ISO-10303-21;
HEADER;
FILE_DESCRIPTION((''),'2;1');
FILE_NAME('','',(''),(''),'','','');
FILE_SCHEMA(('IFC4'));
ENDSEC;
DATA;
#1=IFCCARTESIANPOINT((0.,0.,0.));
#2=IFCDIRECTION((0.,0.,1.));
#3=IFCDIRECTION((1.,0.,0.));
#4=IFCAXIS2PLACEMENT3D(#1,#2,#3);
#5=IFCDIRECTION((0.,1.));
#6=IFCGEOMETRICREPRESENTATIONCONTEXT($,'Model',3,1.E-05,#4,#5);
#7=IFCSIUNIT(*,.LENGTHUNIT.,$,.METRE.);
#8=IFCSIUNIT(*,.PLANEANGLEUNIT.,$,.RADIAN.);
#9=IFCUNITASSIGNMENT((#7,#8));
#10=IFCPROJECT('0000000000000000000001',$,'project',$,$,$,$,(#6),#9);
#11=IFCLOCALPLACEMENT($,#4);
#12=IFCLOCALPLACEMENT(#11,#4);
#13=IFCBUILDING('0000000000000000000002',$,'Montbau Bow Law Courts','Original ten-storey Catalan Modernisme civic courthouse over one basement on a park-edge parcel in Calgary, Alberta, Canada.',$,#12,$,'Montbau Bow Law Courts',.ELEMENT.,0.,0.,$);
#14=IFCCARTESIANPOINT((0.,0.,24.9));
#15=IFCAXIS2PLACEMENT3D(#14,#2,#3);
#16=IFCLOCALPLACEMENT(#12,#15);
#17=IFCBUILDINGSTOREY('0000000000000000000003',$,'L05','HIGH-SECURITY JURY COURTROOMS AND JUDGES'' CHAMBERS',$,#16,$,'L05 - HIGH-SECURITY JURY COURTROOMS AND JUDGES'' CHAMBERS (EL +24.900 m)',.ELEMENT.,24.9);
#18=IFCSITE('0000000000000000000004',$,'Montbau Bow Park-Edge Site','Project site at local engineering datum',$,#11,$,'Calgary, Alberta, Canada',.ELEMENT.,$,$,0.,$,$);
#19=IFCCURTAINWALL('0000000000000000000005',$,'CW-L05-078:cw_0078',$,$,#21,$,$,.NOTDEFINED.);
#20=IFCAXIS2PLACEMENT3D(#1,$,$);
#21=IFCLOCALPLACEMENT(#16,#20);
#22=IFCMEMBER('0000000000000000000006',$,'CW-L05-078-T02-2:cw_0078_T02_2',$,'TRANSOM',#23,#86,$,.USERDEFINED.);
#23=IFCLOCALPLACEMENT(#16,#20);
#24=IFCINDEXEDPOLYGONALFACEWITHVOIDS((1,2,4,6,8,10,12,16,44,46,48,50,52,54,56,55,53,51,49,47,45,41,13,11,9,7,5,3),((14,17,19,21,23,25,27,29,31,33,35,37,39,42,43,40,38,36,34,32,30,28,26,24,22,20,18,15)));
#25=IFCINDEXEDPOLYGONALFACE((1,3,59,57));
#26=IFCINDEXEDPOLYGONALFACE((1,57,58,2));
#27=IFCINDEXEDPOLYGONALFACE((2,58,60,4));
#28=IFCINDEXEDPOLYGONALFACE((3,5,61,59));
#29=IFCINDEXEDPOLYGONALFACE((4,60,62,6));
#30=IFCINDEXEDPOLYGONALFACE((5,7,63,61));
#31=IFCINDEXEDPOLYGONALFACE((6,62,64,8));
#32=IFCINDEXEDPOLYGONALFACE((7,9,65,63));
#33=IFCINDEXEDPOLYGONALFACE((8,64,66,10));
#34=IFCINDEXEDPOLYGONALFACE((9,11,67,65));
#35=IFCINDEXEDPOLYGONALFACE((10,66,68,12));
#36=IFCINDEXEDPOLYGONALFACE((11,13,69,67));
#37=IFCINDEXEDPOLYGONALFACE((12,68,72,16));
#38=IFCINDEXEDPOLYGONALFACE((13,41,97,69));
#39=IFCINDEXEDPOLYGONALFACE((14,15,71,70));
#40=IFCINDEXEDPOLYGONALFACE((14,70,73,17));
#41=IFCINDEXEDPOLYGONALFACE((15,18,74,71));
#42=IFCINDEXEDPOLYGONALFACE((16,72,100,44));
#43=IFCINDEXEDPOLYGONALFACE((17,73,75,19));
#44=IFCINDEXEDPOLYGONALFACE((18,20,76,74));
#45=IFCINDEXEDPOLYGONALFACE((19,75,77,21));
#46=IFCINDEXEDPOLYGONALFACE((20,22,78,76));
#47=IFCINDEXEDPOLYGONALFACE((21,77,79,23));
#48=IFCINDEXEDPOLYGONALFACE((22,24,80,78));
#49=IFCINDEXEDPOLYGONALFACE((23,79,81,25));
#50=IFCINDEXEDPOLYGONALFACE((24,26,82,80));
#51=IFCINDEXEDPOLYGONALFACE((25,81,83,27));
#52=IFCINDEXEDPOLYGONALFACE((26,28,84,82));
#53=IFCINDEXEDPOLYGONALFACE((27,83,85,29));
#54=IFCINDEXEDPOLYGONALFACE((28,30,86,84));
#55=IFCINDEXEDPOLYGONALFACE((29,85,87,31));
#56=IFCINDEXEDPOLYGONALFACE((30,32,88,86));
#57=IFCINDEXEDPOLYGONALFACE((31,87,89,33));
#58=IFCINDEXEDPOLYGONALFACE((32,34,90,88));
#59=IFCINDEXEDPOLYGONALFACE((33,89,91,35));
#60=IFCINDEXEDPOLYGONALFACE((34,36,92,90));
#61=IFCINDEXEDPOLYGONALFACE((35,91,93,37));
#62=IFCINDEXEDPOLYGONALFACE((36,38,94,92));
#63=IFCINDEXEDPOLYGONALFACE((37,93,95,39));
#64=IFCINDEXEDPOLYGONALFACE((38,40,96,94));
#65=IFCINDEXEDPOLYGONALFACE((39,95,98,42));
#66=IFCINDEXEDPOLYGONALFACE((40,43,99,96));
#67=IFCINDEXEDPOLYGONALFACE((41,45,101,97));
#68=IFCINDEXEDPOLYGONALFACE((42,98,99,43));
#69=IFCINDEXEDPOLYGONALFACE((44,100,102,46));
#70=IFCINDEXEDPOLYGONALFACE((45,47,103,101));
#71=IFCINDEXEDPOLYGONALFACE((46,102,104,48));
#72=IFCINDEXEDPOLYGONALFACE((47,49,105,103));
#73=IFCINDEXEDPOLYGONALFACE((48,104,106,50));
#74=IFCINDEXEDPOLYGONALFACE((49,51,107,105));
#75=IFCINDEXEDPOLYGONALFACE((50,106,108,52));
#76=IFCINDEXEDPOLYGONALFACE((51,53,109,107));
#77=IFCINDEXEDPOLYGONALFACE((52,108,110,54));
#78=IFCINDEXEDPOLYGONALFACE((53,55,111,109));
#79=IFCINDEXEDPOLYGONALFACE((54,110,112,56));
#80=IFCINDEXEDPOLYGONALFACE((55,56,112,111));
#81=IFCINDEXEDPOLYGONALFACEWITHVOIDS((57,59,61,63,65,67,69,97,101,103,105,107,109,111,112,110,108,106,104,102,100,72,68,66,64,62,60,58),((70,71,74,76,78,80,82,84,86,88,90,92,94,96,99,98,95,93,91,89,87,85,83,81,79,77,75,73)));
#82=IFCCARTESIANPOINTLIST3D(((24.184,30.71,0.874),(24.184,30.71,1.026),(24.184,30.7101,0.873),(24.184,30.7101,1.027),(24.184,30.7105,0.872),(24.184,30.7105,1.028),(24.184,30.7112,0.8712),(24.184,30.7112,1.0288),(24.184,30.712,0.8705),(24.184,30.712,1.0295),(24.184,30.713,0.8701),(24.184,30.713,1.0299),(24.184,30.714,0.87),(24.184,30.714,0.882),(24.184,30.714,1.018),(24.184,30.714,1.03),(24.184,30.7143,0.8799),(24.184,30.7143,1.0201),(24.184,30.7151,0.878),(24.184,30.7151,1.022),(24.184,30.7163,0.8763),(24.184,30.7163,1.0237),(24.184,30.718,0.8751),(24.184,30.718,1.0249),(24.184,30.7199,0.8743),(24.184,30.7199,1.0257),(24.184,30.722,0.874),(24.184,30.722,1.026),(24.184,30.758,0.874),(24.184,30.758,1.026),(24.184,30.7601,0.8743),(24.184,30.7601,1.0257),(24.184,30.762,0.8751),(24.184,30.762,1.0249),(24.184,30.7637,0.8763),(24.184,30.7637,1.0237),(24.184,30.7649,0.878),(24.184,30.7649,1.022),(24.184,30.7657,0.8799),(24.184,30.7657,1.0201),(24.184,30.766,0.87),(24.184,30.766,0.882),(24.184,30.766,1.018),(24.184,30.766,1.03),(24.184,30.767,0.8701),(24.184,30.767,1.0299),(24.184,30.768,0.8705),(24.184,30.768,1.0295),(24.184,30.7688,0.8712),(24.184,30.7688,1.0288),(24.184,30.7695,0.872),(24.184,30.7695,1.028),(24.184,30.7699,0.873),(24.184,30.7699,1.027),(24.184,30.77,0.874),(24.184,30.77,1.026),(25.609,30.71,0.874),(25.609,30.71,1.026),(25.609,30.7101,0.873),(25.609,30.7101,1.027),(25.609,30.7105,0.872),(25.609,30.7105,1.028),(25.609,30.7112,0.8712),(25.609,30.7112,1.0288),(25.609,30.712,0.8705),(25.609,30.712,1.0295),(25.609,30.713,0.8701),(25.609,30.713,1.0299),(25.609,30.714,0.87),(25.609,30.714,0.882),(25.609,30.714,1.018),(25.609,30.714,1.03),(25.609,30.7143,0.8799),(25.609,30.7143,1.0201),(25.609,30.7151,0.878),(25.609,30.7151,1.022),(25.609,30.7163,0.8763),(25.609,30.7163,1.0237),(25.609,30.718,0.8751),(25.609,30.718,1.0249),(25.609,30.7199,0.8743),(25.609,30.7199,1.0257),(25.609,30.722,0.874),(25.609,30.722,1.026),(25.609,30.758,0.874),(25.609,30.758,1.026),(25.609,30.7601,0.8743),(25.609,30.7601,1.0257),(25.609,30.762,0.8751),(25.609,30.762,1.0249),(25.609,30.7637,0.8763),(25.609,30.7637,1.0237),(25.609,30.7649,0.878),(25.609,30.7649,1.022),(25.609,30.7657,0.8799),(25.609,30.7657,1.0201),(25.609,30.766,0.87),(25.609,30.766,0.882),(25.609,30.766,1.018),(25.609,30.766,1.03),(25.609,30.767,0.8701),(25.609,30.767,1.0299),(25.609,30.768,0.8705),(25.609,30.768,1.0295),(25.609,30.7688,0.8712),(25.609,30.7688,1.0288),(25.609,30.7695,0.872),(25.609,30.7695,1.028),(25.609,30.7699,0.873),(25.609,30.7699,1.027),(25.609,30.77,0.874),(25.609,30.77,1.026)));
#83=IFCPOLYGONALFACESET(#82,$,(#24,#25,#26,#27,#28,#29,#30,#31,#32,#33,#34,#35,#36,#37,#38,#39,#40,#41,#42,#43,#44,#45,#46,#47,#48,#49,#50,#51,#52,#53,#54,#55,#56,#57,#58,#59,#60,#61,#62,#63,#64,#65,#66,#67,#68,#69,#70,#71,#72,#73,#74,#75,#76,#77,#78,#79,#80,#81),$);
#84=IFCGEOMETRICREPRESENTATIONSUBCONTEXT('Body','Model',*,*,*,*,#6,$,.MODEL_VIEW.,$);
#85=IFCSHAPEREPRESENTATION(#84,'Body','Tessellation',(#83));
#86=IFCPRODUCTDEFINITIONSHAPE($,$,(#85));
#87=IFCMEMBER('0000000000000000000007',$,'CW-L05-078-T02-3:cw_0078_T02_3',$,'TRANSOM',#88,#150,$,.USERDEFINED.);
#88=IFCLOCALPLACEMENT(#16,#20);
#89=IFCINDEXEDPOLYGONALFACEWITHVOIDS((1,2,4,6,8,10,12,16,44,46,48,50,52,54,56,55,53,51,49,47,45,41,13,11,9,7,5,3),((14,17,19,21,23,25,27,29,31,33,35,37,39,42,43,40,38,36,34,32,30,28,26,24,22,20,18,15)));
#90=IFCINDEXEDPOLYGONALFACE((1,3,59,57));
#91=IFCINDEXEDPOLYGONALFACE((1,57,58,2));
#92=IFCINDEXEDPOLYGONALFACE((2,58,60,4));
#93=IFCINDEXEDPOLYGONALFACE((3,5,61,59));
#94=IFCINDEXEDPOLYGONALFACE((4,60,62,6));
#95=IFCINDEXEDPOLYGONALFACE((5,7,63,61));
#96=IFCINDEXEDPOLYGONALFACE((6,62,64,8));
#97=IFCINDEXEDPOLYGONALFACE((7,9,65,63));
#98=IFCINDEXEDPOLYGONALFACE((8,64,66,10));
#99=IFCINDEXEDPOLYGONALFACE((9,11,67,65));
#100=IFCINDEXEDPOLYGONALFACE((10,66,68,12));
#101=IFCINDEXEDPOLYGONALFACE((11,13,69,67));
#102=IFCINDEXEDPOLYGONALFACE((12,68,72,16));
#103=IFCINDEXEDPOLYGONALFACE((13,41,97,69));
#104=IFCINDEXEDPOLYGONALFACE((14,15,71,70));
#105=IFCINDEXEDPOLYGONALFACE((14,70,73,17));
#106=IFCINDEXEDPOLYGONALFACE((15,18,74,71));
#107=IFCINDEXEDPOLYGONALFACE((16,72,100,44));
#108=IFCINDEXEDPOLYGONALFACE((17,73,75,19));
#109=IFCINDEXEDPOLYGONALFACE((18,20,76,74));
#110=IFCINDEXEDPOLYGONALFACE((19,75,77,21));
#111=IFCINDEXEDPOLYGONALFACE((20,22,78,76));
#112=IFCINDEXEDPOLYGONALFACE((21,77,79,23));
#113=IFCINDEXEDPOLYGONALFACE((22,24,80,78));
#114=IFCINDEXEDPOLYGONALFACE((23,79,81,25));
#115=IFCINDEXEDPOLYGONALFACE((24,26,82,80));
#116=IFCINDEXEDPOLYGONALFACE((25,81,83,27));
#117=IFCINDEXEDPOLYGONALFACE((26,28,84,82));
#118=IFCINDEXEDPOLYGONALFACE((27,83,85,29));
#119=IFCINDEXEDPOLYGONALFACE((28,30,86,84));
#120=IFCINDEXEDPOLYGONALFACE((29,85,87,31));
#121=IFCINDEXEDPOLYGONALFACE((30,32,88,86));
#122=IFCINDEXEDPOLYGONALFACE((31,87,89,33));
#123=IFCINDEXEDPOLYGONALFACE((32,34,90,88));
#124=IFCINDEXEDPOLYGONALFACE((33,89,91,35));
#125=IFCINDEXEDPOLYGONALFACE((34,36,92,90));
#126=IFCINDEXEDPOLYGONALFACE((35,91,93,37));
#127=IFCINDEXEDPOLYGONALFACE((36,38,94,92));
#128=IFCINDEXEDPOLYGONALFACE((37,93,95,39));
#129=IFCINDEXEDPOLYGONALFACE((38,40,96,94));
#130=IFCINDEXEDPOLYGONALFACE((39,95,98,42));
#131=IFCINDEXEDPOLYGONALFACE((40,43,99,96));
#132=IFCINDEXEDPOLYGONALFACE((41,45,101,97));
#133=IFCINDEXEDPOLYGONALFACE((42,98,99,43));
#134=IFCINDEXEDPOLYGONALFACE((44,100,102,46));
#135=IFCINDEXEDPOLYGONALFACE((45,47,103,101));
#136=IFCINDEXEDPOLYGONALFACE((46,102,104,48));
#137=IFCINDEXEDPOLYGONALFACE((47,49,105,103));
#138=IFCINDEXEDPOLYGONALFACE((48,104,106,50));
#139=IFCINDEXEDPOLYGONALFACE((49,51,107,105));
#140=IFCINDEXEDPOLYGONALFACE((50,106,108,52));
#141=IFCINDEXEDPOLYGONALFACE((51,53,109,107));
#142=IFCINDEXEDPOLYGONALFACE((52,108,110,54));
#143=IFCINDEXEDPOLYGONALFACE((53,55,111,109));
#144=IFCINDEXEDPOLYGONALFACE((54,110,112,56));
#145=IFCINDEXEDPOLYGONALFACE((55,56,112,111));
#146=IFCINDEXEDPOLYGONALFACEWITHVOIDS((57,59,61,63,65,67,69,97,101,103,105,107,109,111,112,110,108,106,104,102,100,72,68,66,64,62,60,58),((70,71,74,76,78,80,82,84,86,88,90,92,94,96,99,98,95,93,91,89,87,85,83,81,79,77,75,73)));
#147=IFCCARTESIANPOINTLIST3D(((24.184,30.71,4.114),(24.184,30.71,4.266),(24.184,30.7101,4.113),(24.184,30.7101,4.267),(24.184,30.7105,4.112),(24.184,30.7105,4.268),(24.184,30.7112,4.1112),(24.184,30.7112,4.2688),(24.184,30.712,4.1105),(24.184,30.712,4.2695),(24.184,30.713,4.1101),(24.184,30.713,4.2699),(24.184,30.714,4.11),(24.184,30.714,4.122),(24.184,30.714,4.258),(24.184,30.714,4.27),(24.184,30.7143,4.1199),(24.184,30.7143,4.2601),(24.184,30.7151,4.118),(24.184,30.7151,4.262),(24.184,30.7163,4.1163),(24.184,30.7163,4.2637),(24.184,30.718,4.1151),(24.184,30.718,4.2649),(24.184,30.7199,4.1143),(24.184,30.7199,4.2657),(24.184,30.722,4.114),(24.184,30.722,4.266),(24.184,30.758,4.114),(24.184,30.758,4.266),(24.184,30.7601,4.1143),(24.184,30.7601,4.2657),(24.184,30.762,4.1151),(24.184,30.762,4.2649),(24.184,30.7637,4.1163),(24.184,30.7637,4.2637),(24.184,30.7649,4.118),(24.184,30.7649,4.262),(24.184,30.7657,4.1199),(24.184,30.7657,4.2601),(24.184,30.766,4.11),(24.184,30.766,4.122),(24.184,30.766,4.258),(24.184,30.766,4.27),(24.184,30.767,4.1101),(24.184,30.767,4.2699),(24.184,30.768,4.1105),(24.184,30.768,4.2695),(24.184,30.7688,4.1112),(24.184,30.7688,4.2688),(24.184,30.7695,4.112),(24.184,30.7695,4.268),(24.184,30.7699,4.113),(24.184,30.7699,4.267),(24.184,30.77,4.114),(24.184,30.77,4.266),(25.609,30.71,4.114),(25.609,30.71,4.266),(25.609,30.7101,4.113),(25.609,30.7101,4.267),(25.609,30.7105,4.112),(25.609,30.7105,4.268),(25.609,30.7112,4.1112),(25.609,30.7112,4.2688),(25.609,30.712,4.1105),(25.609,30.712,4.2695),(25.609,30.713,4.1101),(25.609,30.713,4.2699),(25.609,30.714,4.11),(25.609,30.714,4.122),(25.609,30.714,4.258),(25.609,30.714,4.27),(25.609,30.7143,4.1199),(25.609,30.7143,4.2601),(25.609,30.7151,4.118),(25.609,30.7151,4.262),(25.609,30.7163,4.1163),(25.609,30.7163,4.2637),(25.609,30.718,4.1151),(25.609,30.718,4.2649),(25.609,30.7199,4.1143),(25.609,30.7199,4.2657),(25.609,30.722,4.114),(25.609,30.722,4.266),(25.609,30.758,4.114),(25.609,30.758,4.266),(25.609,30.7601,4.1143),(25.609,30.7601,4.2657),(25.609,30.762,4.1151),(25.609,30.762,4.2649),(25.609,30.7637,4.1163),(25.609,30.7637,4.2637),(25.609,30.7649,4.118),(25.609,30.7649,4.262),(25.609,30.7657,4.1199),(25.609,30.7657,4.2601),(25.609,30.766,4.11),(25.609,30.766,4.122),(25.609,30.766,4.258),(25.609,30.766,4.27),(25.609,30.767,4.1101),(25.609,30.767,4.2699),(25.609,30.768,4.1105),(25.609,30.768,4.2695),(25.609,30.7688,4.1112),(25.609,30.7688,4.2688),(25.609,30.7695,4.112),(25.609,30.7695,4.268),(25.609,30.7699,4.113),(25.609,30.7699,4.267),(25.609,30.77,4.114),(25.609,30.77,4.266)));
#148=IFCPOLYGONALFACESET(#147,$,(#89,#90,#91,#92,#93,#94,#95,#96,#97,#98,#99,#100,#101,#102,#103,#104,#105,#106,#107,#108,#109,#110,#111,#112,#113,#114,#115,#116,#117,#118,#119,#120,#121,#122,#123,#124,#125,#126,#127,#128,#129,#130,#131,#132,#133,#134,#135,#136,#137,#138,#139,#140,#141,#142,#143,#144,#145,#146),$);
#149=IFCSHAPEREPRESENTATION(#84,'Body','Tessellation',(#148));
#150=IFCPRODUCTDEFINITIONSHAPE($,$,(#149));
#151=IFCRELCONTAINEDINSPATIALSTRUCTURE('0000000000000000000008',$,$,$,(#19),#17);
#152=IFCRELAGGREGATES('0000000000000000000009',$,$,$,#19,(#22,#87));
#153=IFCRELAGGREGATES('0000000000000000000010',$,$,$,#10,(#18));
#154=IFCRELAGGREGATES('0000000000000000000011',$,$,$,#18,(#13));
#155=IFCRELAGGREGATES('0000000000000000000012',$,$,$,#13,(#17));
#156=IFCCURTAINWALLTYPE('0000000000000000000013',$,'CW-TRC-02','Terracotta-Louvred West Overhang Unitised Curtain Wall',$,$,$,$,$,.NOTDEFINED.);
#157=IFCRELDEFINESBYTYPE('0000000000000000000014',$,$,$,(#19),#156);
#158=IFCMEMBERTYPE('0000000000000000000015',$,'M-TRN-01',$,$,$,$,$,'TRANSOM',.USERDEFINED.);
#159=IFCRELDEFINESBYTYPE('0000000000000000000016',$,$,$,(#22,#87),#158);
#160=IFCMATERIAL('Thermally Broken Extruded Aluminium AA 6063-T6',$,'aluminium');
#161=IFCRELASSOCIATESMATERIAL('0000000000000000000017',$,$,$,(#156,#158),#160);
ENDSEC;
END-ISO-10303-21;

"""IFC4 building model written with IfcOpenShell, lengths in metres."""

from ifc_helpers import new_model, si_unit, direction, frame, origin_with_axes, origin_2d_with_axis, place, context, subcontext, project, spatial, hollow_rectangle, extrude, material, material_profile, profile_set, type_object, element, aggregate, save


model = new_model("IFC4")

# Units and contexts
model_context = context("Model", 3, precision=1e-05, world=origin_with_axes(), true_north=direction((0.0, 1.0)))
body_context = subcontext(model_context, "Body", "Model", "MODEL_VIEW")
ifc_project = project(units=[si_unit("LENGTHUNIT", "METRE"), si_unit("PLANEANGLEUNIT", "RADIAN")], contexts=[model_context])

# Site, building, storey
site_placement = place(None, origin_with_axes())
site = spatial("IfcSite", under=ifc_project, at=site_placement, Name="Montbau Bow Park-Edge Site", Description="Project site at local engineering datum", LongName="Calgary, Alberta, Canada", CompositionType="ELEMENT", RefElevation=0.0)
building_placement = place(site_placement, origin_with_axes())
building = spatial("IfcBuilding", under=site, at=building_placement, Name="Montbau Bow Law Courts", Description="Original ten-storey Catalan Modernisme civic courthouse over one basement on a park-edge parcel in Calgary, Alberta, Canada.", LongName="Montbau Bow Law Courts", CompositionType="ELEMENT", ElevationOfRefHeight=0.0, ElevationOfTerrain=0.0)
storey_placement = place(building_placement, frame((0.0, 0.0, 24.9), z_axis=(0.0, 0.0, 1.0), x_axis=(1.0, 0.0, 0.0)))
storey = spatial("IfcBuildingStorey", under=building, at=storey_placement, Name="L05", Description="HIGH-SECURITY JURY COURTROOMS AND JUDGES' CHAMBERS", LongName="L05 - HIGH-SECURITY JURY COURTROOMS AND JUDGES' CHAMBERS (EL +24.900 m)", CompositionType="ELEMENT", Elevation=24.9)

# Curtain wall
ifc_material_1 = material(Name="Thermally Broken Extruded Aluminium AA 6063-T6", Category="aluminium")
curtain_wall_type = type_object("IfcCurtainWallType", Name="CW-TRC-02", Description="Terracotta-Louvred West Overhang Unitised Curtain Wall", PredefinedType="NOTDEFINED", material=ifc_material_1)
curtain_wall_1_placement = place(None, frame((22.64, 30.74, 24.9), z_axis=(0.0, 0.0, 1.0), x_axis=(1.0, 0.0, 0.0)))
curtain_wall_1 = element("IfcCurtainWall", 1, at=curtain_wall_1_placement, inside=storey, type_object=curtain_wall_type, Name="CW-L05-078:cw_0078", PredefinedType="NOTDEFINED")

# Members
ifc_material_profile_1 = material_profile(ifc_material_1, hollow_rectangle(XDim=0.06, YDim=0.16, WallThickness=0.004, InnerFilletRadius=0.008, OuterFilletRadius=0.004, at=origin_2d_with_axis()), Name="CWT-160X60", Category="Main", Priority=0)
ifc_profile_set_1 = profile_set([ifc_material_profile_1], Name="Thermally Broken Extruded Aluminium AA 6063-T6")
member_type_1 = type_object("IfcMemberType", Name="M-TRN-01", ElementType="TRANSOM", PredefinedType="USERDEFINED", material=ifc_profile_set_1)
member_1_placement = place(None, frame((24.184, 30.74, 25.85), z_axis=(1.0, 0.0, 0.0), x_axis=(0.0, 1.0, 0.0)))
member_1 = element("IfcMember", 2, at=member_1_placement, type_object=member_type_1, Name="CW-L05-078-T02-2:cw_0078_T02_2", ObjectType="TRANSOM", PredefinedType="USERDEFINED", context=body_context, shape_type="SweptSolid", body=[
    extrude(hollow_rectangle(XDim=0.06, YDim=0.16, WallThickness=0.004, InnerFilletRadius=0.008, OuterFilletRadius=0.004, at=origin_2d_with_axis()), origin_with_axes(), (0.0, 0.0, 1.0), 1.425),
])
member_2_placement = place(None, frame((24.184, 30.74, 29.09), z_axis=(1.0, 0.0, 0.0), x_axis=(0.0, 1.0, 0.0)))
member_2 = element("IfcMember", 3, at=member_2_placement, type_object=member_type_1, Name="CW-L05-078-T02-3:cw_0078_T02_3", ObjectType="TRANSOM", PredefinedType="USERDEFINED", context=body_context, shape_type="SweptSolid", body=[
    extrude(hollow_rectangle(XDim=0.06, YDim=0.16, WallThickness=0.004, InnerFilletRadius=0.008, OuterFilletRadius=0.004, at=origin_2d_with_axis()), origin_with_axes(), (0.0, 0.0, 1.0), 1.425),
])

aggregate(curtain_wall_1, [member_1, member_2])

save(model, "model.ifc")
